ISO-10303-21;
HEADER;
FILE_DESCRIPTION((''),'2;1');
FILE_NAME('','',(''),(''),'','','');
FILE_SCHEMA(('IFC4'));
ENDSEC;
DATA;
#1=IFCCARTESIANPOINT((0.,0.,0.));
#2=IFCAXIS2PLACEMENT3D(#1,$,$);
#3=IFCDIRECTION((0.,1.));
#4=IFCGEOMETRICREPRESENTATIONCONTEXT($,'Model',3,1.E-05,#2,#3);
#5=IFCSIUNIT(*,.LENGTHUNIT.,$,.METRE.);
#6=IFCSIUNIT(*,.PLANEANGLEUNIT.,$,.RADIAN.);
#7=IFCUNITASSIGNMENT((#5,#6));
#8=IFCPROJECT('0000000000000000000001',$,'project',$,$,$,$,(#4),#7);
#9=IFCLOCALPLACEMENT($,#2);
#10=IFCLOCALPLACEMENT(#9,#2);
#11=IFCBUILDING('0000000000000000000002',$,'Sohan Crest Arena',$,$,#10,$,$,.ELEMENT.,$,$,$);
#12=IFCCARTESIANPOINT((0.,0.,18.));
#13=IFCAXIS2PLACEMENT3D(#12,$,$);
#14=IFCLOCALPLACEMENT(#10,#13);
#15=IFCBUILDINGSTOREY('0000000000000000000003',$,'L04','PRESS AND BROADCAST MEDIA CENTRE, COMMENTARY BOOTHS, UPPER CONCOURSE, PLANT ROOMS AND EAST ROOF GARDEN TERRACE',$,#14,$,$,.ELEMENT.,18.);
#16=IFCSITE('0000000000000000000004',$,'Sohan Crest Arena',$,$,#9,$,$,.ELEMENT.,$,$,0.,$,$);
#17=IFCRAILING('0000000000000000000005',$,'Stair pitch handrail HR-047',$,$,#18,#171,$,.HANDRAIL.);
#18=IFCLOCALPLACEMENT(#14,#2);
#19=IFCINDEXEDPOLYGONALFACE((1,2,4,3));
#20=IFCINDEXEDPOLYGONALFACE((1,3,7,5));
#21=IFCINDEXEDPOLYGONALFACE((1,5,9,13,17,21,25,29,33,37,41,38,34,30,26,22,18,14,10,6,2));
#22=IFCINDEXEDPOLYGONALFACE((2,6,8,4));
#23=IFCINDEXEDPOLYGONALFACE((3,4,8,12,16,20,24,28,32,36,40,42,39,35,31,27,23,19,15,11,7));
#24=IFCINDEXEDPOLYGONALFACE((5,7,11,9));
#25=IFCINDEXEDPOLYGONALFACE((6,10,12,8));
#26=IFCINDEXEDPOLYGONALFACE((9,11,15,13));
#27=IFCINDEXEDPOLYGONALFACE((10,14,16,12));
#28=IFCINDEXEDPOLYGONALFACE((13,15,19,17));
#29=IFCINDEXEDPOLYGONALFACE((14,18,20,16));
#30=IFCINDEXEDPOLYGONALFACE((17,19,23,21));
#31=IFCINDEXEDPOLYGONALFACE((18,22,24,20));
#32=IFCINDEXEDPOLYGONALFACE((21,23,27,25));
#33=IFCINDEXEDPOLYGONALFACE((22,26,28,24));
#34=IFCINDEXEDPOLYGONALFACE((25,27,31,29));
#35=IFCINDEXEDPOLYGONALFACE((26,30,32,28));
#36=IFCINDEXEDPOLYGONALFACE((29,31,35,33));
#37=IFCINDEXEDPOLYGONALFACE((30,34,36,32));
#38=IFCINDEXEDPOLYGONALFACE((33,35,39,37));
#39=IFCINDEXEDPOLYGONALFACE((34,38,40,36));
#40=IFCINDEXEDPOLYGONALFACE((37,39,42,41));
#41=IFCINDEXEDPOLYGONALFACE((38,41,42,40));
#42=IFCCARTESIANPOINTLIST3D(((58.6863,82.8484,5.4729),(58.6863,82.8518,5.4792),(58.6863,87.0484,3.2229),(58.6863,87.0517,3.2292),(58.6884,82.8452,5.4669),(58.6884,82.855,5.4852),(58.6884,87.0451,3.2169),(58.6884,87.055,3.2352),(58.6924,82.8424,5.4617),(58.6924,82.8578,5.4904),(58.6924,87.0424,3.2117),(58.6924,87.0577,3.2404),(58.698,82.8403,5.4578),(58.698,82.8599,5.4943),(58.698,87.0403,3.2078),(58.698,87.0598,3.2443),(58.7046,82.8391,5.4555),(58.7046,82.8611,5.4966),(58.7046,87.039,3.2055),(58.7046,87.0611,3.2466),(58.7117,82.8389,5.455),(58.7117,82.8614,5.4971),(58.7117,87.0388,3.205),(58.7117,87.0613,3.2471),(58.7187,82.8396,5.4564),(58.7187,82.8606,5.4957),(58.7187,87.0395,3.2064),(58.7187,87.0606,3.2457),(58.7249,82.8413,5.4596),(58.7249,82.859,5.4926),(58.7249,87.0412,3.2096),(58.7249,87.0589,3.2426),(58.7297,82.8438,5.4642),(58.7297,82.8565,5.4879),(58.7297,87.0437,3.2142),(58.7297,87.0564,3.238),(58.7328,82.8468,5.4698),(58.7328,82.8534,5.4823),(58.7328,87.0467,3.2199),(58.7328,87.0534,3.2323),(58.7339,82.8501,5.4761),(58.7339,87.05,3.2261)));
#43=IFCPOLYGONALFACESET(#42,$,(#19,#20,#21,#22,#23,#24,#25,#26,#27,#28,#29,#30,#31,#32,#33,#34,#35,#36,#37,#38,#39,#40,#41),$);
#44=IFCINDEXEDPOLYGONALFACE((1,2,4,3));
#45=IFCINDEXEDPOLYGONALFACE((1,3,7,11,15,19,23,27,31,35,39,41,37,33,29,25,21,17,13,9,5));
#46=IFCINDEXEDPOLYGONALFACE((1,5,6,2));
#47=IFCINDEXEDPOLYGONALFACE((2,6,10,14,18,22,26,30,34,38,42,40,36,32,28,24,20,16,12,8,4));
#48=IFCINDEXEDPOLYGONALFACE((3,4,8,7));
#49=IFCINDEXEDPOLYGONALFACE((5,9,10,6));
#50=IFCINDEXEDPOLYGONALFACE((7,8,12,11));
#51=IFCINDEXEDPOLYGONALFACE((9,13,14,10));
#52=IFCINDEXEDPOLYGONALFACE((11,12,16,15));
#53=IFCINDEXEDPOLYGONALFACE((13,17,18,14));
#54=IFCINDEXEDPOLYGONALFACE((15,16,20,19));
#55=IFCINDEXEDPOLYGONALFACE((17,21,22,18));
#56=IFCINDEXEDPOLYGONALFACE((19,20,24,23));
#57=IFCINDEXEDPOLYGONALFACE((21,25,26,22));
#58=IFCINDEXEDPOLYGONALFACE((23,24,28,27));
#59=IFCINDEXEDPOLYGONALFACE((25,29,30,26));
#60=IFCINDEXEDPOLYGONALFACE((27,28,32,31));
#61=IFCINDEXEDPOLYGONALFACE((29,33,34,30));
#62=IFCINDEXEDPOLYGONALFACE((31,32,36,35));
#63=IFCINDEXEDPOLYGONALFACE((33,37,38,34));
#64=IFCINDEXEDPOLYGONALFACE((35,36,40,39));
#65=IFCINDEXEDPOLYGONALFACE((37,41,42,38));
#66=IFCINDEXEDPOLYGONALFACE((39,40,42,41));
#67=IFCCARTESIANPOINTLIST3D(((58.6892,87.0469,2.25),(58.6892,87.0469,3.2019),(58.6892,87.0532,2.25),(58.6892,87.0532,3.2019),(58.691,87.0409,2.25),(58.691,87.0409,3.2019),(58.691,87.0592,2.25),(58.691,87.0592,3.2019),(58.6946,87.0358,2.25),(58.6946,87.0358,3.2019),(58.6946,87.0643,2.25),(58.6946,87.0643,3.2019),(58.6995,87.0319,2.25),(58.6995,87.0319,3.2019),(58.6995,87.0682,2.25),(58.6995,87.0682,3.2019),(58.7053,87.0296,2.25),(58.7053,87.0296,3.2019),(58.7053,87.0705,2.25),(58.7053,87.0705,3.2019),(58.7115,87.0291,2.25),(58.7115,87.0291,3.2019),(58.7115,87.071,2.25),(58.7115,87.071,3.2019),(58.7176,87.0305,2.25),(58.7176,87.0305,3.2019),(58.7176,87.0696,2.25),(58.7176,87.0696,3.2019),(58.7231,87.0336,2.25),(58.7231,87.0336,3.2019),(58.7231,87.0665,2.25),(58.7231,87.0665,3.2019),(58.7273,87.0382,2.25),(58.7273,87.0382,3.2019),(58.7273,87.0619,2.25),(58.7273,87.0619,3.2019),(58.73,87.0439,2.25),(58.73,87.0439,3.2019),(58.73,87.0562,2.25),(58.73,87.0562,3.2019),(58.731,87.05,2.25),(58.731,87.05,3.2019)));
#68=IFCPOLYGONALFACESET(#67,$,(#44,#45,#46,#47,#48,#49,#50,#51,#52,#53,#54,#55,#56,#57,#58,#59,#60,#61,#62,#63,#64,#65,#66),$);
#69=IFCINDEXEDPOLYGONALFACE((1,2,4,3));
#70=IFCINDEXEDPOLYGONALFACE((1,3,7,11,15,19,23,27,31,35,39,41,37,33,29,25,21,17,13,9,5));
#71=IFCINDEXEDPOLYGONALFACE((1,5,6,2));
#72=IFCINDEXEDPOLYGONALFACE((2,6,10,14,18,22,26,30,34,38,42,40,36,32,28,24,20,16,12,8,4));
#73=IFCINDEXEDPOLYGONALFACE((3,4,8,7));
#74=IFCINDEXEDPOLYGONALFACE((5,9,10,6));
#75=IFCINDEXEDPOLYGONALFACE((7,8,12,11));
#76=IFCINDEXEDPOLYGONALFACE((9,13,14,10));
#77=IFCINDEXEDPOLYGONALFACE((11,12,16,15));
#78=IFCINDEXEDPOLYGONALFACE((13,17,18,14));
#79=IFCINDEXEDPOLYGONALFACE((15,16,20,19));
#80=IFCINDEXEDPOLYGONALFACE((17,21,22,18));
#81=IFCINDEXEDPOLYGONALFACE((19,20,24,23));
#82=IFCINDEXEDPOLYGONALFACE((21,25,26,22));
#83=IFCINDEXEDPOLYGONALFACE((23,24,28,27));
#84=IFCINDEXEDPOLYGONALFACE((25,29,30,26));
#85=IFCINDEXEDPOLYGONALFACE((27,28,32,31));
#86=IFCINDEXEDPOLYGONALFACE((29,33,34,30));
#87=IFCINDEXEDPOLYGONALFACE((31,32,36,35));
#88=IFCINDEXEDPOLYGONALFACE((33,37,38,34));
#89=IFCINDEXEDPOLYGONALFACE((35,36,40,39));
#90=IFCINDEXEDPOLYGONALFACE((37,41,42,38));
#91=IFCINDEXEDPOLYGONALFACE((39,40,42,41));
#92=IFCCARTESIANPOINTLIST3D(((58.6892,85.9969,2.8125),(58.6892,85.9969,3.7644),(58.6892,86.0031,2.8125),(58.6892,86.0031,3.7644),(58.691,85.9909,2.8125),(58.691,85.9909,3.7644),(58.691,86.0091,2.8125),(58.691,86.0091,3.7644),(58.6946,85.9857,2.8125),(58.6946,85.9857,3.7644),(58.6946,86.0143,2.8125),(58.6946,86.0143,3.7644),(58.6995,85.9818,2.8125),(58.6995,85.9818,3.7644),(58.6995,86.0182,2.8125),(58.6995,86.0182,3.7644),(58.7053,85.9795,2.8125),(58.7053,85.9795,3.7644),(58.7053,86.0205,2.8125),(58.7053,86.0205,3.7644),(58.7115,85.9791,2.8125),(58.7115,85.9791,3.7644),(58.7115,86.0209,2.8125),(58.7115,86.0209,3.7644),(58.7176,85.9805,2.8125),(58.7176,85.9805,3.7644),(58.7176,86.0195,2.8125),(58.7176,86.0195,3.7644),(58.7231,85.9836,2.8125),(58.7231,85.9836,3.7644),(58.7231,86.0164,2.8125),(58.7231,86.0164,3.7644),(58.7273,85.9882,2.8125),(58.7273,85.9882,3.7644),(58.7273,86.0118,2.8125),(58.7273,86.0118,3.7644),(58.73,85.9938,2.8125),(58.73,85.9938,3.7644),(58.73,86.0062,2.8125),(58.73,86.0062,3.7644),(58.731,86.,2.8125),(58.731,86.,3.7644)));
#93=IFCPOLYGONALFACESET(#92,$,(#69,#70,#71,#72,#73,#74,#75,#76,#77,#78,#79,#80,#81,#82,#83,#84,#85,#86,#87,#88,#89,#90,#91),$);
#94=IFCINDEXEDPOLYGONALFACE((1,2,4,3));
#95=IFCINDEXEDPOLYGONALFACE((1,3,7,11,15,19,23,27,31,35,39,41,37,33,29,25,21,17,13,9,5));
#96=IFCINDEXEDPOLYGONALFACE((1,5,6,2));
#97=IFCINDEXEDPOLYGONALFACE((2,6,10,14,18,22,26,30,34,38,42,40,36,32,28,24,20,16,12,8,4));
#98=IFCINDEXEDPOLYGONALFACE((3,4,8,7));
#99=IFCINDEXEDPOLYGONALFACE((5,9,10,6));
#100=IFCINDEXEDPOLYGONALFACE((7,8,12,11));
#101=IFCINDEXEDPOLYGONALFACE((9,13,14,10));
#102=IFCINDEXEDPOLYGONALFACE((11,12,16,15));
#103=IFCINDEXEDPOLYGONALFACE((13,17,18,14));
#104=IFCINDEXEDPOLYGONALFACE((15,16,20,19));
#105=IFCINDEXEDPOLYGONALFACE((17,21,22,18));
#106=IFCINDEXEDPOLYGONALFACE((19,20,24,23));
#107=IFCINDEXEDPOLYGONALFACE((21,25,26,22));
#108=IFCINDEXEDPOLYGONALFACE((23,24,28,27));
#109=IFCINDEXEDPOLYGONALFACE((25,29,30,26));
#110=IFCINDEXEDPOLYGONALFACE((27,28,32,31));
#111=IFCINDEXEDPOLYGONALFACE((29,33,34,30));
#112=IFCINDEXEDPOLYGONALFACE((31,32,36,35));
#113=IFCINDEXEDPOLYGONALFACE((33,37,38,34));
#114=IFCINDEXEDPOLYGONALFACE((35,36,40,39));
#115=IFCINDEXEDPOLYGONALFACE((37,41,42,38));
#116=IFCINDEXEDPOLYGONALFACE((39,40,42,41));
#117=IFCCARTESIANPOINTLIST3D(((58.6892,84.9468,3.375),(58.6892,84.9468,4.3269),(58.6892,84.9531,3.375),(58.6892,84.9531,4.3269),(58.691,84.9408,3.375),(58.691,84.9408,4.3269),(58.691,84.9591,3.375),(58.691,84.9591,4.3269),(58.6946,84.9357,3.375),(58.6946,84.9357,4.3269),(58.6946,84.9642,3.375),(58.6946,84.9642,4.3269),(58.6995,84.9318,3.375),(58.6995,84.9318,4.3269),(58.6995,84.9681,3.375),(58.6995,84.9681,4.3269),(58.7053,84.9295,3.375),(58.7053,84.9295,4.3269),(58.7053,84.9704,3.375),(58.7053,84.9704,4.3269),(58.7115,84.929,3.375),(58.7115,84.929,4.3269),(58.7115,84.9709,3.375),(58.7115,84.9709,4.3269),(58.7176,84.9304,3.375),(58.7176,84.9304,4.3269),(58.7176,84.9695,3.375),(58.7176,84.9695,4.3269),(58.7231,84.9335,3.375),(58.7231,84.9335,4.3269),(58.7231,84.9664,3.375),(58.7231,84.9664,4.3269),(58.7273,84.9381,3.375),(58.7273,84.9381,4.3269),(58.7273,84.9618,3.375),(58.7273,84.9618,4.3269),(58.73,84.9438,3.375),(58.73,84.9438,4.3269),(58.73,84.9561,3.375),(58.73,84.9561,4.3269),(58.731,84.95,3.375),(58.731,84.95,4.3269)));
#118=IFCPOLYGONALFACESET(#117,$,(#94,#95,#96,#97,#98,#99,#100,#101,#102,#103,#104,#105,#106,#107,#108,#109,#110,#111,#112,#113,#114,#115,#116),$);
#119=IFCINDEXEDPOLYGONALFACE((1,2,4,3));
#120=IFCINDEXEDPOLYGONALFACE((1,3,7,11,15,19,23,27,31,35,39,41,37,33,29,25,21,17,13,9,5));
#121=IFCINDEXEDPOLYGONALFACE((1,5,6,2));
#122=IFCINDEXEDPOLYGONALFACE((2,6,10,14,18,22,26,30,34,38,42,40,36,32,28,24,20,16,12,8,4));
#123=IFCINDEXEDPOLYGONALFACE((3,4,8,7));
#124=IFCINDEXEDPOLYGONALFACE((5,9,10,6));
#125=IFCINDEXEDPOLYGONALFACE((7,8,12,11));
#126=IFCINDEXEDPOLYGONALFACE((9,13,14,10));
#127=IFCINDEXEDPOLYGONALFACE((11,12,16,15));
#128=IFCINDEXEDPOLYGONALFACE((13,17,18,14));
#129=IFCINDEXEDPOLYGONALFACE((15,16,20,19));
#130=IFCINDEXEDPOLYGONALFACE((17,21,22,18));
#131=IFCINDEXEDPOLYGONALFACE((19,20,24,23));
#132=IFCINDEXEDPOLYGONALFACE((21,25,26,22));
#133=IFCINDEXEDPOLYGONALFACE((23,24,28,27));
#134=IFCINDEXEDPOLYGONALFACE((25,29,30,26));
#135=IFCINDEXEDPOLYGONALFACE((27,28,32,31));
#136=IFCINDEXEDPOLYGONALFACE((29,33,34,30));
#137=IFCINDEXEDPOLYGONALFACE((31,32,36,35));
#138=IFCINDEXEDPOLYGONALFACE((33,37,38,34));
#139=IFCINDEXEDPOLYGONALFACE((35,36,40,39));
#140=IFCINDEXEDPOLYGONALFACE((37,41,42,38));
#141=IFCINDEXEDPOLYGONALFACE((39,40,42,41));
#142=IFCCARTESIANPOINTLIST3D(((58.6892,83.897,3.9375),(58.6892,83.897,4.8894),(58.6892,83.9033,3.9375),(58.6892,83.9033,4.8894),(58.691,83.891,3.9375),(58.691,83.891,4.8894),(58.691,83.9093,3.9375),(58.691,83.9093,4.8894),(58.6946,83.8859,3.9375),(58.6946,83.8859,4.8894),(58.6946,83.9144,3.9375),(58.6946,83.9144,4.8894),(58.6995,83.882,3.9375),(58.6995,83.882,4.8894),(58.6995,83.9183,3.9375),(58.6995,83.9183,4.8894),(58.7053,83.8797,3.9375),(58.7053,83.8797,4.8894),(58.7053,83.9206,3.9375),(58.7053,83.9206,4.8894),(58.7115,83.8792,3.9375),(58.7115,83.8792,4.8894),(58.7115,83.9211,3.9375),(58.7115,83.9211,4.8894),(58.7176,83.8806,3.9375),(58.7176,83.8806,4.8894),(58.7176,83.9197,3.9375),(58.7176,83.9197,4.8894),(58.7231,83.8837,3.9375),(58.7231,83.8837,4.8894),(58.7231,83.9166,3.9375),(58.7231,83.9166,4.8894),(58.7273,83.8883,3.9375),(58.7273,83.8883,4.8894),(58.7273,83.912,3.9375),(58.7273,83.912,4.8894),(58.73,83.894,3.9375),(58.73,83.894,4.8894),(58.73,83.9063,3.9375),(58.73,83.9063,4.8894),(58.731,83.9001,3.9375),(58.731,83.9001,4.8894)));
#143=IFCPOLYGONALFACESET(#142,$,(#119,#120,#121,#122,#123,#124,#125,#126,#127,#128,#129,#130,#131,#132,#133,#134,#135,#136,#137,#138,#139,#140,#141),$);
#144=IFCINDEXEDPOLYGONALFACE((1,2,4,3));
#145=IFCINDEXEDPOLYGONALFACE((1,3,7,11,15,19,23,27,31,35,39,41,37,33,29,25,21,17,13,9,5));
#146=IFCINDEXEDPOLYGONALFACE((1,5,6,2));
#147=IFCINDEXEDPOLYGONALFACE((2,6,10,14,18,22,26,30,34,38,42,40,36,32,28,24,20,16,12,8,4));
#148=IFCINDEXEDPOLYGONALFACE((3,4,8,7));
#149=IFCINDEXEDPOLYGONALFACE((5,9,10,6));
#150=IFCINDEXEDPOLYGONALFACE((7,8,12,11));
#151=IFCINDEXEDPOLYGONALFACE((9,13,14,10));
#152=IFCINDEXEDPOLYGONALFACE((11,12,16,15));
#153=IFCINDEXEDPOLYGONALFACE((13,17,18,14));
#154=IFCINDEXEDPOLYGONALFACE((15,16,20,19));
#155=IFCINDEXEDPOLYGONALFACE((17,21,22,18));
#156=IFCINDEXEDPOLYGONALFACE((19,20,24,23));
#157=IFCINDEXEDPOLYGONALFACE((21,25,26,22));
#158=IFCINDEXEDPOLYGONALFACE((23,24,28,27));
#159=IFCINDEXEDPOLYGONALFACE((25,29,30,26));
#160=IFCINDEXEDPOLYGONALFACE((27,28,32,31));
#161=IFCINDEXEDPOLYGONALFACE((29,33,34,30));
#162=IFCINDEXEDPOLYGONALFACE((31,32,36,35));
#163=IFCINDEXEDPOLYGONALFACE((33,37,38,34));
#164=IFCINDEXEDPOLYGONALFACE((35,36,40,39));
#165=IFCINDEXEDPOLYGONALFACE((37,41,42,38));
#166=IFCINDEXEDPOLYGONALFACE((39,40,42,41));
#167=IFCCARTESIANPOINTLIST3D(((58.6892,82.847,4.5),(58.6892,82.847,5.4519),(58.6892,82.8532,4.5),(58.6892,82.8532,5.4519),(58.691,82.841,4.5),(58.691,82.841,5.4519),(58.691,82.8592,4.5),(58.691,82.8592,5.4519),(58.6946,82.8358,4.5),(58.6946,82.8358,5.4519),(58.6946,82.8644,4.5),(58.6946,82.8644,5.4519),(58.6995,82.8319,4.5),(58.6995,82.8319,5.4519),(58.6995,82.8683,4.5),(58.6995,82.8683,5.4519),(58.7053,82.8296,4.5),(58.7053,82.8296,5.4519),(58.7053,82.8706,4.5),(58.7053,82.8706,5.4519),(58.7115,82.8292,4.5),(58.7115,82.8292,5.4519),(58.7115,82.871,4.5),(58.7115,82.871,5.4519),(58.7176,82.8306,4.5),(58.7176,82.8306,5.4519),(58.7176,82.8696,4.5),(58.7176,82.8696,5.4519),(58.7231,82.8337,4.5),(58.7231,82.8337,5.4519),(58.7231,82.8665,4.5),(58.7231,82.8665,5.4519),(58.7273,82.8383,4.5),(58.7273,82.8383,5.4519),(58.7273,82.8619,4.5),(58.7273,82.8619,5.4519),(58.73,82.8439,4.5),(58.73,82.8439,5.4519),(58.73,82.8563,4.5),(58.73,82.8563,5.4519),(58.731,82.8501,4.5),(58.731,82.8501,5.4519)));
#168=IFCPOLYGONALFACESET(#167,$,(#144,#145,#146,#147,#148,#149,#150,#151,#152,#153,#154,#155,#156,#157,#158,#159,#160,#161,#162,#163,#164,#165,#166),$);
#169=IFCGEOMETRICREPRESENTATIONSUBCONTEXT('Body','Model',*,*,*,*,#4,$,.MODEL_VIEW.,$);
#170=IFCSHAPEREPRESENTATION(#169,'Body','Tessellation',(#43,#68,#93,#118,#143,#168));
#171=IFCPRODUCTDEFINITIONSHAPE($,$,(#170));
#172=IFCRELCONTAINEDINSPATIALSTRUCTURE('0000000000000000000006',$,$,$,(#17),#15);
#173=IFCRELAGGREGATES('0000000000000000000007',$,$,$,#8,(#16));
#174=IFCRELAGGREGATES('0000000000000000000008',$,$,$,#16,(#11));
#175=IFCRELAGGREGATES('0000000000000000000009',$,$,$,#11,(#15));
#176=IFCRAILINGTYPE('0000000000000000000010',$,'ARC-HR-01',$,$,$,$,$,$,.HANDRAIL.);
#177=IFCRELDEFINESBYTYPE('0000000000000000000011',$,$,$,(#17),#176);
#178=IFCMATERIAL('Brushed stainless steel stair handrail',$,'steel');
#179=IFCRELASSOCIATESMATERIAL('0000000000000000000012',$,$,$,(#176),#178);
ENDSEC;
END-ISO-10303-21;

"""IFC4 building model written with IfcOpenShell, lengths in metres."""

from ifc_helpers import new_model, si_unit, direction, frame, origin, origin_2d, place, context, subcontext, project, spatial, circle, extrude, material, type_object, element, save


model = new_model("IFC4")

# Units and contexts
model_context = context("Model", 3, precision=1e-05, world=origin(), true_north=direction((0.0, 1.0)))
body_context = subcontext(model_context, "Body", "Model", "MODEL_VIEW")
ifc_project = project(units=[si_unit("LENGTHUNIT", "METRE"), si_unit("PLANEANGLEUNIT", "RADIAN")], contexts=[model_context])

# Site, building, storey
site_placement = place(None, origin())
site = spatial("IfcSite", under=ifc_project, at=site_placement, Name="Sohan Crest Arena", CompositionType="ELEMENT", RefElevation=0.0)
building_placement = place(site_placement, origin())
building = spatial("IfcBuilding", under=site, at=building_placement, Name="Sohan Crest Arena", CompositionType="ELEMENT")
storey_placement = place(building_placement, frame((0.0, 0.0, 18.0)))
storey = spatial("IfcBuildingStorey", under=building, at=storey_placement, Name="L04", Description="PRESS AND BROADCAST MEDIA CENTRE, COMMENTARY BOOTHS, UPPER CONCOURSE, PLANT ROOMS AND EAST ROOF GARDEN TERRACE", CompositionType="ELEMENT", Elevation=18.0)

# Railing
ifc_material_1 = material(Name="Brushed stainless steel stair handrail", Category="steel")
railing_type_1 = type_object("IfcRailingType", Name="ARC-HR-01", PredefinedType="HANDRAIL", material=ifc_material_1)
for number, where, name in (
    (1, (58.71, 87.05, 2.25), "Stair pitch handrail HR-047"),
):
    element("IfcRailing", number, at=place(storey_placement, frame(where)), inside=storey, type_object=railing_type_1, Name=name, PredefinedType="HANDRAIL", context=body_context, shape_type="SweptSolid", body=[
        extrude(circle(Radius=0.0239, at=origin_2d()), frame((0.0, 0.0, 0.9761), z_axis=(0.0, -0.881478, 0.472226), x_axis=(1.0, 0.0, 0.0)), (0.0, 0.0, 1.0), 4.7646),
        extrude(circle(Radius=0.021, at=origin_2d()), origin(), (0.0, 0.0, 1.0), 0.9519),
        extrude(circle(Radius=0.021, at=origin_2d()), frame((0.0, -1.05, 0.5625)), (0.0, 0.0, 1.0), 0.9519),
        extrude(circle(Radius=0.021, at=origin_2d()), frame((0.0, -2.1001, 1.125)), (0.0, 0.0, 1.0), 0.9519),
        extrude(circle(Radius=0.021, at=origin_2d()), frame((0.0, -3.1499, 1.6875)), (0.0, 0.0, 1.0), 0.9519),
        extrude(circle(Radius=0.021, at=origin_2d()), frame((0.0, -4.2, 2.25)), (0.0, 0.0, 1.0), 0.9519),
    ])

save(model, "model.ifc")
